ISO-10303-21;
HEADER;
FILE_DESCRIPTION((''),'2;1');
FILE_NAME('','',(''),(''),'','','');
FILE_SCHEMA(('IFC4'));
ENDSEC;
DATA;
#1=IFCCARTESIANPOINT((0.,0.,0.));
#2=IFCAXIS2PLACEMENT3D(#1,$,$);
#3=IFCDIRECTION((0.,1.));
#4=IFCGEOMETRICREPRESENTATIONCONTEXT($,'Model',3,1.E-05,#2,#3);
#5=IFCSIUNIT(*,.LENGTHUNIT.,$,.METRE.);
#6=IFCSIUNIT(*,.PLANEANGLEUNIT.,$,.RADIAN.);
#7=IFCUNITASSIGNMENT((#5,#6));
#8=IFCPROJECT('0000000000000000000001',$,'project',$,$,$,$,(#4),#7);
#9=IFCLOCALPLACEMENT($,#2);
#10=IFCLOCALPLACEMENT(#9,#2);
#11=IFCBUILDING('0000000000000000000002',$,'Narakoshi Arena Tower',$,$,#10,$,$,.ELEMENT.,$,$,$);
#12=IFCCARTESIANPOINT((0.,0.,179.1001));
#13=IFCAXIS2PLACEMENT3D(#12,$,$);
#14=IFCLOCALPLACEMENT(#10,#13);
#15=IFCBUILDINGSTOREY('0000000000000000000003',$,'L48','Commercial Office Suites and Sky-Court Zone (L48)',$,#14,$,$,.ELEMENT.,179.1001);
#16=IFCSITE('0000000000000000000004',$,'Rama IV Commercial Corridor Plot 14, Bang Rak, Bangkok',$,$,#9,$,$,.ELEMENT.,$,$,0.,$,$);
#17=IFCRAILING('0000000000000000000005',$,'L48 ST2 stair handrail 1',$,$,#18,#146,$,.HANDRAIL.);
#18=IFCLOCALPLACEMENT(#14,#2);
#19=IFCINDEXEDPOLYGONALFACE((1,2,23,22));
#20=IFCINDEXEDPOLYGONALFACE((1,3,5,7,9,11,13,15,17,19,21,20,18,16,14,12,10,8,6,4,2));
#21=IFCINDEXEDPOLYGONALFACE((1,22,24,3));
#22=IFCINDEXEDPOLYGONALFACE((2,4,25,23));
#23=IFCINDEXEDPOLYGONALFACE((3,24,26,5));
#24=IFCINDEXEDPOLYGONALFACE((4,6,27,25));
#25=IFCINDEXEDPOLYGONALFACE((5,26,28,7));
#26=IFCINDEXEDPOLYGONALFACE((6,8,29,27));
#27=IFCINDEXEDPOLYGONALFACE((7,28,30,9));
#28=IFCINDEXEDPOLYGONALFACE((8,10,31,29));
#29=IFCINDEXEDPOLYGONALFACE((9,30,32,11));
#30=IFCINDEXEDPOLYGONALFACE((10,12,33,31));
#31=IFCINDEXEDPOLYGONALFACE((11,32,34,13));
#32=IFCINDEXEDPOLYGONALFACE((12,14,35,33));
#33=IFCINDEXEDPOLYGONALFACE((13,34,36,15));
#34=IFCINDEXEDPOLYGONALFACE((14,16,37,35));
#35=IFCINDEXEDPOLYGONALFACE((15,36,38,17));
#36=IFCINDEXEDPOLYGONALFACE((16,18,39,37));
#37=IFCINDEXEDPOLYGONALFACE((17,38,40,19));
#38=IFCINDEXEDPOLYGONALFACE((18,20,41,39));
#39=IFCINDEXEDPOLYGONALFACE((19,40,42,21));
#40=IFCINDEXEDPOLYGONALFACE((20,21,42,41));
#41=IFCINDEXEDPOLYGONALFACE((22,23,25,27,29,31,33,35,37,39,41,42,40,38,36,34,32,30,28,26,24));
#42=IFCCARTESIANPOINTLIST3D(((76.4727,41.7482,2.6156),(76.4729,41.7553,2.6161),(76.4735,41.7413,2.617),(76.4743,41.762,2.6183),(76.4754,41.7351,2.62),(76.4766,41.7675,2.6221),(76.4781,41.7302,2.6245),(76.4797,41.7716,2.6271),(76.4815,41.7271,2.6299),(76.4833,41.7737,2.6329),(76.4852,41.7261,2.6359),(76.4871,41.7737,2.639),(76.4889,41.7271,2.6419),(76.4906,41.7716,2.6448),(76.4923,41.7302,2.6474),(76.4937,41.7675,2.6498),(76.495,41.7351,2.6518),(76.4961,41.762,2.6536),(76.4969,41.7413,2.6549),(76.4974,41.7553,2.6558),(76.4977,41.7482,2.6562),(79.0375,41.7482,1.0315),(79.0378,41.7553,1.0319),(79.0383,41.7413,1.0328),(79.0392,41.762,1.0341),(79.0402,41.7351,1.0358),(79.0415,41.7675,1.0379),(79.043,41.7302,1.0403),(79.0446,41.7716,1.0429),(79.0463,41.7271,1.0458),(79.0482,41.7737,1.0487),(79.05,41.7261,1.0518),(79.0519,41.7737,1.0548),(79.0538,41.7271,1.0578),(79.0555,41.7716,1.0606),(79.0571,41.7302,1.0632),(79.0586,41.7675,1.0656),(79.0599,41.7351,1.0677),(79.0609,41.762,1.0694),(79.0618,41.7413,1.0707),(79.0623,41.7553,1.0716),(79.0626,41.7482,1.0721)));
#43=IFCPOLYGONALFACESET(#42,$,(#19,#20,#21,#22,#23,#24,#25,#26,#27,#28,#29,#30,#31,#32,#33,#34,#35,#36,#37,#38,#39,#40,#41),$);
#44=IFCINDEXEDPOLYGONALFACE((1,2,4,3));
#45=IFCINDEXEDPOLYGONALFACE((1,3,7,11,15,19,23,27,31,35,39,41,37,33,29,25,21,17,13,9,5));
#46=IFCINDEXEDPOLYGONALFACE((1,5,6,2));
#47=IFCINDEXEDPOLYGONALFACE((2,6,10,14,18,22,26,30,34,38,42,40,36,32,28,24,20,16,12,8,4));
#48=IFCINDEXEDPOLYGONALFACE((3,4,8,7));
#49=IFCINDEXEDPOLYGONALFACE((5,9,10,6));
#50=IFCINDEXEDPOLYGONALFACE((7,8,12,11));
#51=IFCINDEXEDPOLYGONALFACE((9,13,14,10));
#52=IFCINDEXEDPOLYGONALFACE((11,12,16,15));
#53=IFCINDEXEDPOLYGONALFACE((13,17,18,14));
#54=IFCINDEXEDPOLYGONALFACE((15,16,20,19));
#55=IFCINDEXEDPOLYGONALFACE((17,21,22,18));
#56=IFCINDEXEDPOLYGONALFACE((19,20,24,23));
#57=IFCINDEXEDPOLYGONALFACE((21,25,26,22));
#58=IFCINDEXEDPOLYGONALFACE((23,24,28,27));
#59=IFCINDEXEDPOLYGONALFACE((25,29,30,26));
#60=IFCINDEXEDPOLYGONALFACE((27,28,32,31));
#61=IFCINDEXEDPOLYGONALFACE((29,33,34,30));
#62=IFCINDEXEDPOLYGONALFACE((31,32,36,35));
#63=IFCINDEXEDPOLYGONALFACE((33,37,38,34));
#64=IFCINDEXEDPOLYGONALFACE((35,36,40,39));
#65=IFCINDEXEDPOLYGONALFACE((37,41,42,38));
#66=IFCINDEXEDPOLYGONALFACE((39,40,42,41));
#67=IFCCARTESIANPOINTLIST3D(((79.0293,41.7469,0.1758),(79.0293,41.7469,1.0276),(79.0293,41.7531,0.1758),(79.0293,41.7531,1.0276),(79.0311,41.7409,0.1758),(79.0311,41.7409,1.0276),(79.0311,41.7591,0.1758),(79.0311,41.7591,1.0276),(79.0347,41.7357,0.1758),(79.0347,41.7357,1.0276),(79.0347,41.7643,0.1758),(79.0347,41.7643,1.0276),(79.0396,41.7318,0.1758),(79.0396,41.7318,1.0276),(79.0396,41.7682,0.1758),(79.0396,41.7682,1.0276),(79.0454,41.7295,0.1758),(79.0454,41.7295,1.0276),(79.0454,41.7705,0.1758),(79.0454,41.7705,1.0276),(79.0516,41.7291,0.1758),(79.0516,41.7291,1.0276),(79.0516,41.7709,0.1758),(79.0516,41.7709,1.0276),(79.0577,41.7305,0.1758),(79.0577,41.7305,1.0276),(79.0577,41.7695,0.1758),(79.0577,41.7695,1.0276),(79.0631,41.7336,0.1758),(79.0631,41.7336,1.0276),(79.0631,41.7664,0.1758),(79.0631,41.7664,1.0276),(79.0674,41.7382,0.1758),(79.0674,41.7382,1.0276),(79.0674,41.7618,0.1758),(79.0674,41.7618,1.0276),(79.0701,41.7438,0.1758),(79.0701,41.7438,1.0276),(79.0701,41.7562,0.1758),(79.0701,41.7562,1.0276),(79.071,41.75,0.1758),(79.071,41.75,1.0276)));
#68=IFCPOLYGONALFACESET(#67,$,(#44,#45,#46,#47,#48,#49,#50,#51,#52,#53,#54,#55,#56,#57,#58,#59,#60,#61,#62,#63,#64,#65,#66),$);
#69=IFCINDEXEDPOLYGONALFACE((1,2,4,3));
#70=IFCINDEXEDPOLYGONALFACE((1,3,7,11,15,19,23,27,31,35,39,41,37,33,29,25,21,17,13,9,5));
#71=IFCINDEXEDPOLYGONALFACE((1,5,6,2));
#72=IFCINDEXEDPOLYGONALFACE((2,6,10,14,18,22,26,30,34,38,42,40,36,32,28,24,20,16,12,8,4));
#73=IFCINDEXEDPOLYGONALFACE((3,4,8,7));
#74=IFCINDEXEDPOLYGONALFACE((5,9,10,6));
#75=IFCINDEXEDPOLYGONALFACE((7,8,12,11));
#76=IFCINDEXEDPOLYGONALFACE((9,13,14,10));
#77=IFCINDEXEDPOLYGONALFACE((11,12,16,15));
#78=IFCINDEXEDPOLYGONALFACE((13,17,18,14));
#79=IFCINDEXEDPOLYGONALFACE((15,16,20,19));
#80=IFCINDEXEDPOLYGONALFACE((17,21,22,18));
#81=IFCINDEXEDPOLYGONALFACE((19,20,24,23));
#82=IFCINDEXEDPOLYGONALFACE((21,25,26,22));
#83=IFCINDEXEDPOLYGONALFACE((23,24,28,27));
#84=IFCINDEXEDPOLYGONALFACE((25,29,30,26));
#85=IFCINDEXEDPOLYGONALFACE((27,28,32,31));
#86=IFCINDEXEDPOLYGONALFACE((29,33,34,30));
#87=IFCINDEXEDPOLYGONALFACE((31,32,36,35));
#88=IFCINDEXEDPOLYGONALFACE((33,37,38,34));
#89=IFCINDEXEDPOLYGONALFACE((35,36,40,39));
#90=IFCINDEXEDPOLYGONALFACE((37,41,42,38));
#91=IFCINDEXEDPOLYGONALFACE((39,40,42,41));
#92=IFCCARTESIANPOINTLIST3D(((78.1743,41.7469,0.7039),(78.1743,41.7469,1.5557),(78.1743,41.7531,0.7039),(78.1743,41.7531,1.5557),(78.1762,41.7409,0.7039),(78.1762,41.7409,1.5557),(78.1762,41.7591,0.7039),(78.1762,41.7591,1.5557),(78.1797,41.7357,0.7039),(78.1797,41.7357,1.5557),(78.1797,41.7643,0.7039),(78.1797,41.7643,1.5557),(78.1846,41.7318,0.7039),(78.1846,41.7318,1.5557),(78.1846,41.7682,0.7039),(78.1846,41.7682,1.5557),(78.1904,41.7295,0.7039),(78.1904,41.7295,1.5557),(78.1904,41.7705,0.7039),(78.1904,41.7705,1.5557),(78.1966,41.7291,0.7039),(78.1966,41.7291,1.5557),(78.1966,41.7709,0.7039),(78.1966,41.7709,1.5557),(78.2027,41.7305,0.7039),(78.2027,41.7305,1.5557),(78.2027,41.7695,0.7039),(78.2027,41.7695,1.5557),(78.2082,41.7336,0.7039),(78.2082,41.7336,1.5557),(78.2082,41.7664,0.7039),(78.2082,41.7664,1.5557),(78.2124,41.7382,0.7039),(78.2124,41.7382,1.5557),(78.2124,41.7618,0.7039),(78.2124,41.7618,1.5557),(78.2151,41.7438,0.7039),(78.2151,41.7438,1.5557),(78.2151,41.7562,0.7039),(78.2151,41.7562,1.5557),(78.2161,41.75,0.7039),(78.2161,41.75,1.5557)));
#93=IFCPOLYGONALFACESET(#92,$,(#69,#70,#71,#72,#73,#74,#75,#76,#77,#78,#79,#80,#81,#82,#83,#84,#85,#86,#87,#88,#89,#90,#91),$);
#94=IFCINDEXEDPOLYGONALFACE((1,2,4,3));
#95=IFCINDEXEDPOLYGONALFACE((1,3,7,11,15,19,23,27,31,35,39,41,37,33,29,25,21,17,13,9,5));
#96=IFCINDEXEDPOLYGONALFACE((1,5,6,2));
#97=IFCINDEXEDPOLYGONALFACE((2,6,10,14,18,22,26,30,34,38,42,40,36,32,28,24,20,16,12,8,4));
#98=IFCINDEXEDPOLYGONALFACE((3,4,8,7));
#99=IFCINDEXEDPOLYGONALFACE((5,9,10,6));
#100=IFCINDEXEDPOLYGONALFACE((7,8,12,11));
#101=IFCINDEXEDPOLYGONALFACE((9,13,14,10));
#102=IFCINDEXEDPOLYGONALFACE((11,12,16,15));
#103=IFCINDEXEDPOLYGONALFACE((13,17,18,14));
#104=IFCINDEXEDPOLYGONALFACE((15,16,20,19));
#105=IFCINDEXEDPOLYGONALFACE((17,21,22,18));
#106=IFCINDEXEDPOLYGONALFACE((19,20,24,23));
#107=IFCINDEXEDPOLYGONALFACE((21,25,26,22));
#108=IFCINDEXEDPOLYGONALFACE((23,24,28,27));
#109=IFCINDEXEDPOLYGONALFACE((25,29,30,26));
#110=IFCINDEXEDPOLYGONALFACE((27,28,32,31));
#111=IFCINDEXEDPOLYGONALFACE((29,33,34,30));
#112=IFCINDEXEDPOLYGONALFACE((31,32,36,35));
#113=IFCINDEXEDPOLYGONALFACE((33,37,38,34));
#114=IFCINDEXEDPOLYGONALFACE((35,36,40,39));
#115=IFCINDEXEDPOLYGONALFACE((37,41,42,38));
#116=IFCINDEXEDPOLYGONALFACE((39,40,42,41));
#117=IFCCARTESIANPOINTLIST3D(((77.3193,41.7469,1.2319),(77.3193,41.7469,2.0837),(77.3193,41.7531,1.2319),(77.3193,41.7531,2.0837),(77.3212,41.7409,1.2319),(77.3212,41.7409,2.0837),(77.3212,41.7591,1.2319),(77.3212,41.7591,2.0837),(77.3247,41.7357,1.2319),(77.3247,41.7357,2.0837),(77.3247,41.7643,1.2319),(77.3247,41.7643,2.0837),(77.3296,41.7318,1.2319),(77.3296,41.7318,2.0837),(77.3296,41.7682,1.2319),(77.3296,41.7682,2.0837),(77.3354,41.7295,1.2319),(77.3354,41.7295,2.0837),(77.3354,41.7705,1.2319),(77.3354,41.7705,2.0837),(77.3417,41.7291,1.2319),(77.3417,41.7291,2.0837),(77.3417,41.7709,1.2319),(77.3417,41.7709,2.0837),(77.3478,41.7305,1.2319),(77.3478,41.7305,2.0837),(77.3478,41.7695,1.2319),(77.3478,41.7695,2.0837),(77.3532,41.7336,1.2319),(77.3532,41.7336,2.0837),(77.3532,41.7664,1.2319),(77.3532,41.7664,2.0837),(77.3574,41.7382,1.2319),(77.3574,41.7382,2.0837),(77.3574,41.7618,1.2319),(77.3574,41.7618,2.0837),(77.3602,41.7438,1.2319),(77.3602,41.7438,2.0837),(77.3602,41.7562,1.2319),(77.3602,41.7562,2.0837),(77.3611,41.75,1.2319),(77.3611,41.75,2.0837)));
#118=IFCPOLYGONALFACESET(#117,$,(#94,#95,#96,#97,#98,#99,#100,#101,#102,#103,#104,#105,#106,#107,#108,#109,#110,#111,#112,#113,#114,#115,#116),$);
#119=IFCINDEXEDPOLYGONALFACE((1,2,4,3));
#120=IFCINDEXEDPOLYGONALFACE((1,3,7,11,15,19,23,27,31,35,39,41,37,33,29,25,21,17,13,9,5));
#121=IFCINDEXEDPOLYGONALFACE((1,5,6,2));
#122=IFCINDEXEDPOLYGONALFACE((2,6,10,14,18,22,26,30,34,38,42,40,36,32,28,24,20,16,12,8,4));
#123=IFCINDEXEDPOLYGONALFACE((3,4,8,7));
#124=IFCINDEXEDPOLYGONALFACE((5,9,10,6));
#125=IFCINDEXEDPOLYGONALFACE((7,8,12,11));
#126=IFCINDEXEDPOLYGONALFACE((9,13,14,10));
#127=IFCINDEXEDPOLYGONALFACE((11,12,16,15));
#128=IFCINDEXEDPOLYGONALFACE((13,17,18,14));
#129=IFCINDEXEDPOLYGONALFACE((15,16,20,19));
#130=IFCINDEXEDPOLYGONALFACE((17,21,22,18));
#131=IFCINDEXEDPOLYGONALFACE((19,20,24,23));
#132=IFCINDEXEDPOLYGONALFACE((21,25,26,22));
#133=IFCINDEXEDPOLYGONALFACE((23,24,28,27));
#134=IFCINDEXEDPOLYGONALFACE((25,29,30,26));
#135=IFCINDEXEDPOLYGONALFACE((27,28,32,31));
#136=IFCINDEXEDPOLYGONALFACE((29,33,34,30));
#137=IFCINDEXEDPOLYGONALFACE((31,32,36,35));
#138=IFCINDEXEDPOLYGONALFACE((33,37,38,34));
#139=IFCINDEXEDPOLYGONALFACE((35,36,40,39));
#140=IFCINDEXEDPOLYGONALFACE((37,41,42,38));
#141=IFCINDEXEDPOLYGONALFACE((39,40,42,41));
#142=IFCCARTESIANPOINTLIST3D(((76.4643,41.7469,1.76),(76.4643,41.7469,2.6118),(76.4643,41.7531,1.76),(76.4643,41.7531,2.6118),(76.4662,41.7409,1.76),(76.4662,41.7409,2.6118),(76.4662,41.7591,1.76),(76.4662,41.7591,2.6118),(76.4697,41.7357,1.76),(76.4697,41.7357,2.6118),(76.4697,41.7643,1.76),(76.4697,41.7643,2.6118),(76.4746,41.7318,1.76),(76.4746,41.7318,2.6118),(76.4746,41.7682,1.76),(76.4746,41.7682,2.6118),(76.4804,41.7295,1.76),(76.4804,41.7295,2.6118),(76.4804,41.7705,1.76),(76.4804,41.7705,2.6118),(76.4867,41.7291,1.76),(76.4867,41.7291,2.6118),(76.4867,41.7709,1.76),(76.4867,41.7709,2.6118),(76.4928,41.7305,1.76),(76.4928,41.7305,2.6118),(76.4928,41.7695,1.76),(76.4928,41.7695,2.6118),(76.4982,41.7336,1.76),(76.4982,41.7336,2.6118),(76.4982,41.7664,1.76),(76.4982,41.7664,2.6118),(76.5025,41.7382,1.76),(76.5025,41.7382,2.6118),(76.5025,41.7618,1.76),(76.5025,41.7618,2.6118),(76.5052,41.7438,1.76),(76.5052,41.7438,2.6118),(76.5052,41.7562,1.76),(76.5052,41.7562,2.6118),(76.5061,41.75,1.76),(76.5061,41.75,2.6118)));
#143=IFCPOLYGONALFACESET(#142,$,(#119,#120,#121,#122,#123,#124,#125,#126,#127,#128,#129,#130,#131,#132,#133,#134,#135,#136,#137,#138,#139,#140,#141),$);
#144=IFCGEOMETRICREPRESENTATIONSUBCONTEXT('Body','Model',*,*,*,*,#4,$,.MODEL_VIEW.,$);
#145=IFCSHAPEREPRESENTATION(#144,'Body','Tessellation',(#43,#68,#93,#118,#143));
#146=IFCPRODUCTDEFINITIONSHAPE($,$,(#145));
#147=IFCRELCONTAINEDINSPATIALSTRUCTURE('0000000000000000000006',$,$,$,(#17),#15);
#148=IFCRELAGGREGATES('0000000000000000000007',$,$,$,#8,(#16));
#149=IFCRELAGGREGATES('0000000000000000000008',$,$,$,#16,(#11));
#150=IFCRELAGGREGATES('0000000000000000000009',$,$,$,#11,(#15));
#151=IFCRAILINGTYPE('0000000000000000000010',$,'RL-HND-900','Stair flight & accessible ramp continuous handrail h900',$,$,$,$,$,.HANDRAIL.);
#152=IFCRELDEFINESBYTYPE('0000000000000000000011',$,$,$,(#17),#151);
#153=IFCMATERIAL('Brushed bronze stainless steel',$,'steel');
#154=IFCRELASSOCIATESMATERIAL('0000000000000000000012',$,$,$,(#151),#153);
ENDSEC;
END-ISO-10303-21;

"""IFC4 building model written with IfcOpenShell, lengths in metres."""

from ifc_helpers import new_model, si_unit, direction, frame, origin, origin_2d, place, context, subcontext, project, spatial, circle, extrude, material, type_object, element, save


model = new_model("IFC4")

# Units and contexts
model_context = context("Model", 3, precision=1e-05, world=origin(), true_north=direction((0.0, 1.0)))
body_context = subcontext(model_context, "Body", "Model", "MODEL_VIEW")
ifc_project = project(units=[si_unit("LENGTHUNIT", "METRE"), si_unit("PLANEANGLEUNIT", "RADIAN")], contexts=[model_context])

# Site, building, storey
site_placement = place(None, origin())
site = spatial("IfcSite", under=ifc_project, at=site_placement, Name="Rama IV Commercial Corridor Plot 14, Bang Rak, Bangkok", CompositionType="ELEMENT", RefElevation=0.0)
building_placement = place(site_placement, origin())
building = spatial("IfcBuilding", under=site, at=building_placement, Name="Narakoshi Arena Tower", CompositionType="ELEMENT")
storey_placement = place(building_placement, frame((0.0, 0.0, 179.1001)))
storey = spatial("IfcBuildingStorey", under=building, at=storey_placement, Name="L48", Description="Commercial Office Suites and Sky-Court Zone (L48)", CompositionType="ELEMENT", Elevation=179.1001)

# Railing
ifc_material_1 = material(Name="Brushed bronze stainless steel", Category="steel")
railing_type_1 = type_object("IfcRailingType", Name="RL-HND-900", Description="Stair flight & accessible ramp continuous handrail h900", PredefinedType="HANDRAIL", material=ifc_material_1)
railing_1_placement = place(storey_placement, frame((79.05, 41.75, 0.1758)))
element("IfcRailing", 1, at=railing_1_placement, inside=storey, type_object=railing_type_1, Name="L48 ST2 stair handrail 1", PredefinedType="HANDRAIL", context=body_context, shape_type="SweptSolid", body=[
    extrude(circle(Radius=0.0239, at=origin_2d()), frame((0.0, 0.0, 0.876), z_axis=(-0.850798, 0.0, 0.525493), x_axis=(0.0, -1.0, 0.0)), (0.0, 0.0, 1.0), 3.0146),
    extrude(circle(Radius=0.021, at=origin_2d()), origin(), (0.0, 0.0, 1.0), 0.8518),
    extrude(circle(Radius=0.021, at=origin_2d()), frame((-0.855, 0.0, 0.5281)), (0.0, 0.0, 1.0), 0.8518),
    extrude(circle(Radius=0.021, at=origin_2d()), frame((-1.71, 0.0, 1.0562)), (0.0, 0.0, 1.0), 0.8518),
    extrude(circle(Radius=0.021, at=origin_2d()), frame((-2.5649, 0.0, 1.5842)), (0.0, 0.0, 1.0), 0.8518),
])

save(model, "model.ifc")
